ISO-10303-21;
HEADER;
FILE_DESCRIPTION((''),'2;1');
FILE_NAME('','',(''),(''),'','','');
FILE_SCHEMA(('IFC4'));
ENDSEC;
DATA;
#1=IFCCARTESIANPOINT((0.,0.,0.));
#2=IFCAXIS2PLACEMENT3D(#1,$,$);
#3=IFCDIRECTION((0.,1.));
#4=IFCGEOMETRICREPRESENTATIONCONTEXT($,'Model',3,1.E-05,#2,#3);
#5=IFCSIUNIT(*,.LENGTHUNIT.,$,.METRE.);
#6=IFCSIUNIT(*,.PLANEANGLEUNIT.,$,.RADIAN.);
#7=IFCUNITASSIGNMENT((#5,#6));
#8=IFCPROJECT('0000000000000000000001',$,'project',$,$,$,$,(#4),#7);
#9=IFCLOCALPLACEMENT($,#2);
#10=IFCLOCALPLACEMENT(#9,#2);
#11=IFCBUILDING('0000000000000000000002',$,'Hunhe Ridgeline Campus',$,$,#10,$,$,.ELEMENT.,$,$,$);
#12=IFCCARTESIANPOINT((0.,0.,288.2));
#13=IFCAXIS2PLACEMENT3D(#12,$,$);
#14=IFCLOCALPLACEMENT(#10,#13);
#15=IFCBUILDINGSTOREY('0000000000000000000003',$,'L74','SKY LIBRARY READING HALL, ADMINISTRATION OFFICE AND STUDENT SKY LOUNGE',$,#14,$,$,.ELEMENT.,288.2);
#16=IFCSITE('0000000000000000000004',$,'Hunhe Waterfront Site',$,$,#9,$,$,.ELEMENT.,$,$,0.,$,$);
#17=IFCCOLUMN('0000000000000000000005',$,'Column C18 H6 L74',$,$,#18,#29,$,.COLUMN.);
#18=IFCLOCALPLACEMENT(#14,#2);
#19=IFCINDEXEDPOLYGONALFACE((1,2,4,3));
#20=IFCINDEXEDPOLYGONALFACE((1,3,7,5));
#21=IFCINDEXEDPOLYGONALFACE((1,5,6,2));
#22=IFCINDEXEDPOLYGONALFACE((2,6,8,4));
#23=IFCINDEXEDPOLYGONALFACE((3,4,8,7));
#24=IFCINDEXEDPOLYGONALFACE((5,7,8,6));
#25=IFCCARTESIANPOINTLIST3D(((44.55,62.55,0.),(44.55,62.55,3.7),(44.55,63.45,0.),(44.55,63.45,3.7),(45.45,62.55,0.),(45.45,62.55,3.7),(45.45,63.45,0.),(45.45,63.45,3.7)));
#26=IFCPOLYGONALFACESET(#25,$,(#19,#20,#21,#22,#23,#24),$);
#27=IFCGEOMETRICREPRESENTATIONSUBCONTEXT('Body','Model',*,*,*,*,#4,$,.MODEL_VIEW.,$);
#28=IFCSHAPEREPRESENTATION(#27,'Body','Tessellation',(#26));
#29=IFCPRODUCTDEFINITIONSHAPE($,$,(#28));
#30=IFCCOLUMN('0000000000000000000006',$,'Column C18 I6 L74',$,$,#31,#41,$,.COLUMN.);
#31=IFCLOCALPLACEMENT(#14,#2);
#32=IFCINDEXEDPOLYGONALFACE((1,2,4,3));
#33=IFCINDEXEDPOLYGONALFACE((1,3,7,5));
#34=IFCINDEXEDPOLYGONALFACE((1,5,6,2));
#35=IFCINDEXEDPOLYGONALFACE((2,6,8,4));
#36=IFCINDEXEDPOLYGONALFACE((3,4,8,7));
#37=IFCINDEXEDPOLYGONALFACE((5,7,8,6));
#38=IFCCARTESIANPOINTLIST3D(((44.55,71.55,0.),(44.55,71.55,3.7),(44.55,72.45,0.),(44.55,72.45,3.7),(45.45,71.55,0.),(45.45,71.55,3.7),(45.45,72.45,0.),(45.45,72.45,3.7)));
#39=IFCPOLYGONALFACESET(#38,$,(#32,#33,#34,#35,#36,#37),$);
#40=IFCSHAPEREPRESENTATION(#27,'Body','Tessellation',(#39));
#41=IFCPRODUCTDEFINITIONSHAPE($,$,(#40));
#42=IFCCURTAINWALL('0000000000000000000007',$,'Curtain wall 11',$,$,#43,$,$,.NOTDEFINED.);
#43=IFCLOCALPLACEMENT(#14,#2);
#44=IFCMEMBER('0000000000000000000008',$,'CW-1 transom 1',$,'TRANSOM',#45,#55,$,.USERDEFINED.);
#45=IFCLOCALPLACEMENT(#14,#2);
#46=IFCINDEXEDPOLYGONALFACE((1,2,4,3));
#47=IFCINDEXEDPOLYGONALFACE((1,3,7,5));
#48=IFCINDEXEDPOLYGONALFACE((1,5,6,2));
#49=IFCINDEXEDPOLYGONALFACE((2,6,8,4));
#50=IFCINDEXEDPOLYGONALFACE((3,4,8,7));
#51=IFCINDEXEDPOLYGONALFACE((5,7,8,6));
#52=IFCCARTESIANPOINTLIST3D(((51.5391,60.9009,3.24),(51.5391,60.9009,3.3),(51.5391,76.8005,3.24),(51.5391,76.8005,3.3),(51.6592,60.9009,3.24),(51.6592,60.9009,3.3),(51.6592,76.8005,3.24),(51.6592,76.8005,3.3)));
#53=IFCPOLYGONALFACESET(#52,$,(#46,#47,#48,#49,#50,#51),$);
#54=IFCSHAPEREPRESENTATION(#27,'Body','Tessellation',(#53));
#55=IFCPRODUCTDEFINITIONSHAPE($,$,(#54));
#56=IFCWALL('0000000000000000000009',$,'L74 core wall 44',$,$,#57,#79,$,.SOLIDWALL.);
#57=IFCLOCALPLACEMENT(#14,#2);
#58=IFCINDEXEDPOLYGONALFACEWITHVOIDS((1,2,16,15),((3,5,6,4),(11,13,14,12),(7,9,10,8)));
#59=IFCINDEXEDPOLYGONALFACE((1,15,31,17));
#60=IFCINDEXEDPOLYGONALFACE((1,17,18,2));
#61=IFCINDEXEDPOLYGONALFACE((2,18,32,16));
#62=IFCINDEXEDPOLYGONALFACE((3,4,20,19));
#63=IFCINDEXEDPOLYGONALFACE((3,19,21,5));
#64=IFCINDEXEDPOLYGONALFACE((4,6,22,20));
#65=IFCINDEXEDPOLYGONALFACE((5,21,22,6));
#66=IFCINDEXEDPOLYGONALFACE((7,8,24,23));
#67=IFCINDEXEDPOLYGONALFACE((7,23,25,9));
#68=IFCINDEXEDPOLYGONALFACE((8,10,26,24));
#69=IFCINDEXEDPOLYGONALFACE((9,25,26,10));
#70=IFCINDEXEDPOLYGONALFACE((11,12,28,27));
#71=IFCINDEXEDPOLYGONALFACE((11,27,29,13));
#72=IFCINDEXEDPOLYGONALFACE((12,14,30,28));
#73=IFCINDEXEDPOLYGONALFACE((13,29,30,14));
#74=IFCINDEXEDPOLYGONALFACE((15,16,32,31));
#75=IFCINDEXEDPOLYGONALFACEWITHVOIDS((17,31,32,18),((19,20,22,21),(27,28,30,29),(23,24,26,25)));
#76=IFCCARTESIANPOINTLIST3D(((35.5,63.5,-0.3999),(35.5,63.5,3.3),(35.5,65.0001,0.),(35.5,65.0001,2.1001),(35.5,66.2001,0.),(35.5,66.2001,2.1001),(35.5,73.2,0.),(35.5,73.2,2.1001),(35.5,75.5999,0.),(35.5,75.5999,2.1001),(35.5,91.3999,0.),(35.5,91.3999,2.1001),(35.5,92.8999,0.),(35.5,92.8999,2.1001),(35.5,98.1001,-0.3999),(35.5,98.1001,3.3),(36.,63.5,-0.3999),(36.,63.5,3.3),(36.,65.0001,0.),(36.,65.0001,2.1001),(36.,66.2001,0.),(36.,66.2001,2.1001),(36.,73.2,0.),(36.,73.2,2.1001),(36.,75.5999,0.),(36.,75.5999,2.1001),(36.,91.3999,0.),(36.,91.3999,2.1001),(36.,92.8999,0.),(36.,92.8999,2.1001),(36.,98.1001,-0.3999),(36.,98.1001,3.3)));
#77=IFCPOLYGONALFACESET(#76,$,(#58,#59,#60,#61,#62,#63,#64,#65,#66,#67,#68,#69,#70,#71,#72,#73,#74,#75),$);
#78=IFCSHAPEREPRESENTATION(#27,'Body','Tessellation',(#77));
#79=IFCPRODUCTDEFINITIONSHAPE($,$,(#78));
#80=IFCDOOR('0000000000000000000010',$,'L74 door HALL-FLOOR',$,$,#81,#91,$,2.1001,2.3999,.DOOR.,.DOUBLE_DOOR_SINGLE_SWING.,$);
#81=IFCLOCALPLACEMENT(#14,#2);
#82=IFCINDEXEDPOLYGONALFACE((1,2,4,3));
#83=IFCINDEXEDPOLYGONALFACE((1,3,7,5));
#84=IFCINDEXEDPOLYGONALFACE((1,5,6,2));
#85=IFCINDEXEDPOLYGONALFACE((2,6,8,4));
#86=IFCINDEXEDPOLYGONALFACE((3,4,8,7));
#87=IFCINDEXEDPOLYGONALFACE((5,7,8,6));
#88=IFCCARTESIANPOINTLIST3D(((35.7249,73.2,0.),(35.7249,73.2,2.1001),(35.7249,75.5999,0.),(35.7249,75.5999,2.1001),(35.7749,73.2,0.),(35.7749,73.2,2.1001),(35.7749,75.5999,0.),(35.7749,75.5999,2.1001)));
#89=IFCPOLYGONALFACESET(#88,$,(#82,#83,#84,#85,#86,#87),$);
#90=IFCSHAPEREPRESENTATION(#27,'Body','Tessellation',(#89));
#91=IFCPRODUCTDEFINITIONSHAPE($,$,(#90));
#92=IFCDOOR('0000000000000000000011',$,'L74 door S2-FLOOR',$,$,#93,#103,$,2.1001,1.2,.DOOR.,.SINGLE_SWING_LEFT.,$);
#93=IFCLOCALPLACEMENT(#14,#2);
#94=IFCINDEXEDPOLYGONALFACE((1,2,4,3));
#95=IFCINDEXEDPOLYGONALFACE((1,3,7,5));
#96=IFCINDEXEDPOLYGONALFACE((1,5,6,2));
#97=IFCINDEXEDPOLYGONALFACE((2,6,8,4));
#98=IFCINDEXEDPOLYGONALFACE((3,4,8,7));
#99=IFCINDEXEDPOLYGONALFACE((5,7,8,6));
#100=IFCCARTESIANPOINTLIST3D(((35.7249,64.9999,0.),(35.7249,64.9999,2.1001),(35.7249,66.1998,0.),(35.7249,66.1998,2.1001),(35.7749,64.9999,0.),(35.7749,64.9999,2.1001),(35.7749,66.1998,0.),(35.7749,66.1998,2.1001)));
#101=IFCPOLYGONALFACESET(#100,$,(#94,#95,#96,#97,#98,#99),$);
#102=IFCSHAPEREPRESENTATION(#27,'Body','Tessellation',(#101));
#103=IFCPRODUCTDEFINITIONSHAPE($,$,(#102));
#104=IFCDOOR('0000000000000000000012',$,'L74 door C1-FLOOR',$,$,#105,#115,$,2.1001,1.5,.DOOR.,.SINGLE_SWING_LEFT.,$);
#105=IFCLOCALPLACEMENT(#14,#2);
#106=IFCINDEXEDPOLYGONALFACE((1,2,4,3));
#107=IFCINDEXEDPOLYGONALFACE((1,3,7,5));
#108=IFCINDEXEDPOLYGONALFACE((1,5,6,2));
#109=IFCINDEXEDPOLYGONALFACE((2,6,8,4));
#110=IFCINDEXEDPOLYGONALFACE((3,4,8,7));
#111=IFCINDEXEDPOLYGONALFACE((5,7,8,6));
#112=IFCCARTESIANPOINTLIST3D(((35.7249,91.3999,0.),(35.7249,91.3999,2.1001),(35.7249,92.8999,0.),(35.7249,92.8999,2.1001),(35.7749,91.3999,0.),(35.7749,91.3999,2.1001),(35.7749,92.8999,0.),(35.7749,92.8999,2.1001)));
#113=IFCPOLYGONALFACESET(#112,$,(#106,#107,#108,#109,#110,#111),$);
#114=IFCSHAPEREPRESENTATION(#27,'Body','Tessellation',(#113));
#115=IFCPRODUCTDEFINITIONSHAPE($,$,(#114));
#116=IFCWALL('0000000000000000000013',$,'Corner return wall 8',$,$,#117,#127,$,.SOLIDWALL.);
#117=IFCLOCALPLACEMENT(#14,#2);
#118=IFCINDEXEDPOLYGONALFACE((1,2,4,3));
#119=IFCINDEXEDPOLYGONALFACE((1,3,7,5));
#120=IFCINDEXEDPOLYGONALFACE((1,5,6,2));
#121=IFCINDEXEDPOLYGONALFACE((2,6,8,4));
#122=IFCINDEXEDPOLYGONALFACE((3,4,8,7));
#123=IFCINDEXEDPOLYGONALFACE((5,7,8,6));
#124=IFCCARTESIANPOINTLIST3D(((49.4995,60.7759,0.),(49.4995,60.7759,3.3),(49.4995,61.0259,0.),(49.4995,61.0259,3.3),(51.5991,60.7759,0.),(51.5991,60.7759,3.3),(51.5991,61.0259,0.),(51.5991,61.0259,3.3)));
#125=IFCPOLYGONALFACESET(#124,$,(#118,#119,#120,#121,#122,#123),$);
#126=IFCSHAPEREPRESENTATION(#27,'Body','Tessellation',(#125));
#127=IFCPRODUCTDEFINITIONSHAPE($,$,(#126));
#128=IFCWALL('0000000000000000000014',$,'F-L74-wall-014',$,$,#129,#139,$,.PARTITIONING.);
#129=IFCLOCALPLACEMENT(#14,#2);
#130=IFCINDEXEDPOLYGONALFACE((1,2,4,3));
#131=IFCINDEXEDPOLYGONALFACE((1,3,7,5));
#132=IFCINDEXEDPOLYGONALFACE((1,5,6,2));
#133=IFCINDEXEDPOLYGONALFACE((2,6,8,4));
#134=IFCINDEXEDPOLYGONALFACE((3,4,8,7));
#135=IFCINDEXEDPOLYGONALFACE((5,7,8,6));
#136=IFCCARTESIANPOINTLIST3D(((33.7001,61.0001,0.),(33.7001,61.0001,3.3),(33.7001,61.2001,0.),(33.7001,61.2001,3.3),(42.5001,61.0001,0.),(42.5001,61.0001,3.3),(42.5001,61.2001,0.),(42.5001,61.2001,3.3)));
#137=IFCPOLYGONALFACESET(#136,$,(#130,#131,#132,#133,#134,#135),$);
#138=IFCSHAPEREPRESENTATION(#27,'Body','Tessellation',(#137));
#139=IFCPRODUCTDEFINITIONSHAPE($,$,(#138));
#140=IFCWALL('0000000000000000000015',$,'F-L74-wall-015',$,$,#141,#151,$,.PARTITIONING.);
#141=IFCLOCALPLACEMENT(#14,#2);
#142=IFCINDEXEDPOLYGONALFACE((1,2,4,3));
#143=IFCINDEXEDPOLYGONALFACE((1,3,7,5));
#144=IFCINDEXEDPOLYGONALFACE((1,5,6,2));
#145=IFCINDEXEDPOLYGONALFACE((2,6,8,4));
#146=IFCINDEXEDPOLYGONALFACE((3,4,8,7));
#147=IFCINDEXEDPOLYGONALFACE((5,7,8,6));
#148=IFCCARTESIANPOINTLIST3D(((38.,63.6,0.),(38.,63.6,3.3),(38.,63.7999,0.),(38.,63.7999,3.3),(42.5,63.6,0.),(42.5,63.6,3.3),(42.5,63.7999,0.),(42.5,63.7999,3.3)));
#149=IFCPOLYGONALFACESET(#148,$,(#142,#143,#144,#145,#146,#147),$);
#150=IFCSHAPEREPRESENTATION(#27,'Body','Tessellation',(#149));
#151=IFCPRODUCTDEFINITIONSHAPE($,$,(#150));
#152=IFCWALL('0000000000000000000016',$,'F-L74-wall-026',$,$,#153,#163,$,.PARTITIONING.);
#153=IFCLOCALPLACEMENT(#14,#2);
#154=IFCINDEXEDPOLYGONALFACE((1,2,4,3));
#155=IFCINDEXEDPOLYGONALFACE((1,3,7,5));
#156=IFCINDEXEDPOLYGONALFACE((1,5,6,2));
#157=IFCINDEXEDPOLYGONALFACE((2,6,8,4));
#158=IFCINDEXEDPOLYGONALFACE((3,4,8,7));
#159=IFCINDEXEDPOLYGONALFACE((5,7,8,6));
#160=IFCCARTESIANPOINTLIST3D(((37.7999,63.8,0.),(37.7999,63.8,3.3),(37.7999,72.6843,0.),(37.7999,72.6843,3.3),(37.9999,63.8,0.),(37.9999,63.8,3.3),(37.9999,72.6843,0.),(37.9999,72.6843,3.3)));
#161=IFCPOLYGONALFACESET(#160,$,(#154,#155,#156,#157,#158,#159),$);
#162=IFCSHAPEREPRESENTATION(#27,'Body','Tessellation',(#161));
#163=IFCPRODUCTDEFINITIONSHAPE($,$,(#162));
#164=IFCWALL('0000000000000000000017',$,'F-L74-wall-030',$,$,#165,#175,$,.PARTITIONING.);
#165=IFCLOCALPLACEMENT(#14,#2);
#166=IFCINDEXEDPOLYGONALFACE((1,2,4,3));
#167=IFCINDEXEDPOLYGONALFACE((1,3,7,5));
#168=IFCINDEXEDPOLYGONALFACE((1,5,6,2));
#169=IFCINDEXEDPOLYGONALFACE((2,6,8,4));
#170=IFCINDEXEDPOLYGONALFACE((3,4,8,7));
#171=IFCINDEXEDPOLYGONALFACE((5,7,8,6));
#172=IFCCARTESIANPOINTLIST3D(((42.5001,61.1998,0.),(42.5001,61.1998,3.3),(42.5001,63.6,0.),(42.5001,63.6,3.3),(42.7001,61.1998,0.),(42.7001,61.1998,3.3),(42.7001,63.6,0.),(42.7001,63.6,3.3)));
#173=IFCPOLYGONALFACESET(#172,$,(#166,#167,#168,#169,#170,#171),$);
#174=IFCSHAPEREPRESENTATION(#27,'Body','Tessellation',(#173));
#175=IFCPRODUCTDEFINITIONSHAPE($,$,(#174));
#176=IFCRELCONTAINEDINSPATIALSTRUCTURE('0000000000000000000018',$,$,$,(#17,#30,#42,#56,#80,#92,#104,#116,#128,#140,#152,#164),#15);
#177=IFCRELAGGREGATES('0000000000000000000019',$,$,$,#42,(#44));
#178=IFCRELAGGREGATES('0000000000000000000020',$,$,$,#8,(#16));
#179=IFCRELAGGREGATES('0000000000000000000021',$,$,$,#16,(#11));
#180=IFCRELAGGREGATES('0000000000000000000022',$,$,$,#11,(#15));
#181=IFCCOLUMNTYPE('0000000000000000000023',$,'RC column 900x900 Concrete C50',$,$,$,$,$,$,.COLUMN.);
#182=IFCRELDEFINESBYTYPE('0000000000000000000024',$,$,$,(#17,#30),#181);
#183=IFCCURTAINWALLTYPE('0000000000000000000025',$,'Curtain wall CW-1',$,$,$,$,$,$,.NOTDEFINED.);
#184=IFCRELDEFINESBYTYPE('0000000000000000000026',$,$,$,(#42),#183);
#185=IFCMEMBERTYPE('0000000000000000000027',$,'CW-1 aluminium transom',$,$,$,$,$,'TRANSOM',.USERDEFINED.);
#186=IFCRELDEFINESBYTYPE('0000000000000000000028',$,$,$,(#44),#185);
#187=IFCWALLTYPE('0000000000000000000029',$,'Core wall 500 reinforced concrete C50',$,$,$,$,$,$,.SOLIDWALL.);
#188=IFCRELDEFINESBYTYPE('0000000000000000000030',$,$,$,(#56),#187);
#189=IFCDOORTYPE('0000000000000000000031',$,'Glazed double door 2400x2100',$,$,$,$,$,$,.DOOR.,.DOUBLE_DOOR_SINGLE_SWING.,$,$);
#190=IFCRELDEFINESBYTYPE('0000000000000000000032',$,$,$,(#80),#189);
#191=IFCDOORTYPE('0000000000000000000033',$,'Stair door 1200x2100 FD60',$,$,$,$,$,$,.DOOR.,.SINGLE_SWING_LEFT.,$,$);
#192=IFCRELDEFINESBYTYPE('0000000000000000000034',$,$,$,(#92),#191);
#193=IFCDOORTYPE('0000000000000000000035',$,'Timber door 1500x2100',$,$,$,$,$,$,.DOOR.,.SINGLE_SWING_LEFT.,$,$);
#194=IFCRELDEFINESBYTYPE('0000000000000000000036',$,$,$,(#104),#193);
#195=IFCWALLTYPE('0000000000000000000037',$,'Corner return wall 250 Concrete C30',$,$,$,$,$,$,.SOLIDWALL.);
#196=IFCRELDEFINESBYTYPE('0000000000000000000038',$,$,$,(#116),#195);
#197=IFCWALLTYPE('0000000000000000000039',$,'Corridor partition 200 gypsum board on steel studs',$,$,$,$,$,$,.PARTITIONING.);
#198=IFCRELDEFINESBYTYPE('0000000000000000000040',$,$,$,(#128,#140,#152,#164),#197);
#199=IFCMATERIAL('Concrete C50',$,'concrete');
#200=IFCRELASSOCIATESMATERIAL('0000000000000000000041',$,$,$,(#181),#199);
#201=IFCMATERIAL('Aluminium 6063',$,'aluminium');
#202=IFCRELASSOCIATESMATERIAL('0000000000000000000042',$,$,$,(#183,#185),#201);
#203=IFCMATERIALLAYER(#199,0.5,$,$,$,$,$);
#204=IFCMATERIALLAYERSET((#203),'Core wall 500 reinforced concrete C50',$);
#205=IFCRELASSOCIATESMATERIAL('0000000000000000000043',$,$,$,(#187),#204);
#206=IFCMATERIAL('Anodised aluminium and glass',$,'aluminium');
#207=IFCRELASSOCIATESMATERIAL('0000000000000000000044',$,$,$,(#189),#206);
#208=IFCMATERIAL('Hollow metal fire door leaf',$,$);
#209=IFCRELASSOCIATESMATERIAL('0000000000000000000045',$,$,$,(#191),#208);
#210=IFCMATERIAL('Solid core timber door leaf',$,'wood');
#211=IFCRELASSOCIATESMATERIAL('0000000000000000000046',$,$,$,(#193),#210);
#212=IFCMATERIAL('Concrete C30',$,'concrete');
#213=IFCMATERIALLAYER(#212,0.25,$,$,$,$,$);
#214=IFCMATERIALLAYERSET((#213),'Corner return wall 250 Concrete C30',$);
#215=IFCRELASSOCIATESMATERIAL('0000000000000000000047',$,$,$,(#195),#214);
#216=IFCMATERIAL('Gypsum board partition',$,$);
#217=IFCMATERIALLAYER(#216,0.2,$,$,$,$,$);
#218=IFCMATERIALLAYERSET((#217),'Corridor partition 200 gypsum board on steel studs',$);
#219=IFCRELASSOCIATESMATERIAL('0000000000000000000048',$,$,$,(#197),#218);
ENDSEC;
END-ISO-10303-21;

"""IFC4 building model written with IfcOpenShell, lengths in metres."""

from ifc_helpers import new_model, si_unit, direction, frame, frame_2d, origin, origin_2d, place, context, subcontext, project, spatial, rectangle, extrude, material, layer, layer_set, material_profile, profile_set, type_object, element, fill, aggregate, save


model = new_model("IFC4")

# Units and contexts
model_context = context("Model", 3, precision=1e-05, world=origin(), true_north=direction((0.0, 1.0)))
body_context = subcontext(model_context, "Body", "Model", "MODEL_VIEW")
ifc_project = project(units=[si_unit("LENGTHUNIT", "METRE"), si_unit("PLANEANGLEUNIT", "RADIAN")], contexts=[model_context])

# Site, building, storey
site_placement = place(None, origin())
site = spatial("IfcSite", under=ifc_project, at=site_placement, Name="Hunhe Waterfront Site", CompositionType="ELEMENT", RefElevation=0.0)
building_placement = place(site_placement, origin())
building = spatial("IfcBuilding", under=site, at=building_placement, Name="Hunhe Ridgeline Campus", CompositionType="ELEMENT")
storey_placement = place(building_placement, frame((0.0, 0.0, 288.2)))
storey = spatial("IfcBuildingStorey", under=building, at=storey_placement, Name="L74", Description="SKY LIBRARY READING HALL, ADMINISTRATION OFFICE AND STUDENT SKY LOUNGE", CompositionType="ELEMENT", Elevation=288.2)

# Columns
ifc_material_1 = material(Name="Concrete C50", Category="concrete")
ifc_material_profile_1 = material_profile(ifc_material_1, rectangle(XDim=0.8999, YDim=0.8999, at=origin_2d()))
ifc_profile_set_1 = profile_set([ifc_material_profile_1], Name="Concrete C50")
column_type = type_object("IfcColumnType", Name="RC column 900x900 Concrete C50", PredefinedType="COLUMN", material=ifc_profile_set_1)
for number, where, z_axis, x_axis, name in (
    (1, (45.0, 63.0, 0.0), (0.0, 0.0, 1.0), (1.0, 0.0, 0.0), "Column C18 H6 L74"),
    (2, (45.0, 72.0, 0.0), (0.0, 0.0, 1.0), (1.0, 0.0, 0.0), "Column C18 I6 L74"),
):
    element("IfcColumn", number, at=place(storey_placement, frame(where, z_axis=z_axis, x_axis=x_axis)), inside=storey, type_object=column_type, Name=name, PredefinedType="COLUMN", context=body_context, shape_type="SweptSolid", body=[
        extrude(rectangle(XDim=0.8999, YDim=0.8999, at=origin_2d()), origin(), (0.0, 0.0, 1.0), 3.7),
    ])

# Curtain wall, member
ifc_material_2 = material(Name="Aluminium 6063", Category="aluminium")
curtain_wall_type = type_object("IfcCurtainWallType", Name="Curtain wall CW-1", PredefinedType="NOTDEFINED", material=ifc_material_2)
curtain_wall_placement = place(storey_placement, origin())
curtain_wall = element("IfcCurtainWall", 3, at=curtain_wall_placement, inside=storey, type_object=curtain_wall_type, Name="Curtain wall 11", PredefinedType="NOTDEFINED")
ifc_material_profile_2 = material_profile(ifc_material_2, rectangle(XDim=0.1201, YDim=0.0601, at=origin_2d()))
ifc_profile_set_2 = profile_set([ifc_material_profile_2], Name="Aluminium 6063")
member_type = type_object("IfcMemberType", Name="CW-1 aluminium transom", ElementType="TRANSOM", PredefinedType="USERDEFINED", material=ifc_profile_set_2)
member_placement = place(storey_placement, frame((51.5991, 60.9009, 3.27), z_axis=(0.0, 1.0, 0.0), x_axis=(-1.0, 0.0, 0.0)))
member = element("IfcMember", 4, at=member_placement, type_object=member_type, Name="CW-1 transom 1", ObjectType="TRANSOM", PredefinedType="USERDEFINED", context=body_context, shape_type="SweptSolid", body=[
    extrude(rectangle(XDim=0.1201, YDim=0.0601, at=origin_2d()), origin(), (0.0, 0.0, 1.0), 15.8997),
])
aggregate(curtain_wall, [member])

# Wall, openings, doors
ifc_layer_1 = layer(ifc_material_1, 0.5)
ifc_layer_set_1 = layer_set([ifc_layer_1], Name="Core wall 500 reinforced concrete C50")
wall_type_1 = type_object("IfcWallType", Name="Core wall 500 reinforced concrete C50", PredefinedType="SOLIDWALL", material=ifc_layer_set_1)
wall_1_placement = place(storey_placement, frame((35.75, 63.5, -0.3999), z_axis=(0.0, 0.0, 1.0), x_axis=(0.0, 1.0, 0.0)))
wall_1 = element("IfcWall", 5, at=wall_1_placement, inside=storey, type_object=wall_type_1, Name="L74 core wall 44", PredefinedType="SOLIDWALL", context=body_context, shape_type="SweptSolid", body=[
    extrude(rectangle(XDim=34.6001, YDim=0.5, at=frame_2d((17.3, 0.0))), origin(), (0.0, 0.0, 1.0), 3.7),
])
opening_1_placement = place(wall_1_placement, frame((9.7, 0.0, 0.3999)))
opening_1 = element("IfcOpeningElement", 6, at=opening_1_placement, cuts=wall_1, PredefinedType="OPENING", context=body_context, shape_type="SweptSolid", body=[
    extrude(rectangle(XDim=2.3999, YDim=2.1001, at=frame_2d((1.2, 1.05))), frame((0.0, 0.25, 0.0), z_axis=(0.0, -1.0, 0.0), x_axis=(1.0, 0.0, 0.0)), (0.0, 0.0, 1.0), 0.5),
])
opening_2_placement = place(wall_1_placement, frame((27.8999, 0.0, 0.3999)))
opening_2 = element("IfcOpeningElement", 7, at=opening_2_placement, cuts=wall_1, PredefinedType="OPENING", context=body_context, shape_type="SweptSolid", body=[
    extrude(rectangle(XDim=1.5, YDim=2.1001, at=frame_2d((0.75, 1.05))), frame((0.0, 0.25, 0.0), z_axis=(0.0, -1.0, 0.0), x_axis=(1.0, 0.0, 0.0)), (0.0, 0.0, 1.0), 0.5),
])
opening_3_placement = place(wall_1_placement, frame((1.5, 0.0, 0.3999)))
opening_3 = element("IfcOpeningElement", 8, at=opening_3_placement, cuts=wall_1, PredefinedType="OPENING", context=body_context, shape_type="SweptSolid", body=[
    extrude(rectangle(XDim=1.2, YDim=2.1001, at=frame_2d((0.6001, 1.05))), frame((0.0, 0.25, 0.0), z_axis=(0.0, -1.0, 0.0), x_axis=(1.0, 0.0, 0.0)), (0.0, 0.0, 1.0), 0.5),
])
ifc_material_3 = material(Name="Anodised aluminium and glass", Category="aluminium")
door_type_1 = type_object("IfcDoorType", Name="Glazed double door 2400x2100", OperationType="DOUBLE_DOOR_SINGLE_SWING", PredefinedType="DOOR", material=ifc_material_3)
door_1_placement = place(opening_1_placement, frame((2.3999, 0.0, 0.0), z_axis=(0.0, 0.0, 1.0), x_axis=(-1.0, 0.0, 0.0)))
door_1 = element("IfcDoor", 9, at=door_1_placement, inside=storey, type_object=door_type_1, Name="L74 door HALL-FLOOR", OperationType="DOUBLE_DOOR_SINGLE_SWING", OverallHeight=2.1001, OverallWidth=2.3999, PredefinedType="DOOR", context=body_context, shape_type="SweptSolid", body=[
    extrude(rectangle(XDim=2.3999, YDim=2.1001, at=frame_2d((1.2, 1.05))), frame((0.0, 0.0249, 0.0), z_axis=(0.0, -1.0, 0.0), x_axis=(1.0, 0.0, 0.0)), (0.0, 0.0, 1.0), 0.05),
])
fill(opening_1, door_1)
ifc_material_4 = material(Name="Hollow metal fire door leaf")
door_type_2 = type_object("IfcDoorType", Name="Stair door 1200x2100 FD60", OperationType="SINGLE_SWING_LEFT", PredefinedType="DOOR", material=ifc_material_4)
door_2_placement = place(opening_3_placement, frame((1.2, 0.0, 0.0), z_axis=(0.0, 0.0, 1.0), x_axis=(-1.0, 0.0, 0.0)))
door_2 = element("IfcDoor", 10, at=door_2_placement, inside=storey, type_object=door_type_2, Name="L74 door S2-FLOOR", OperationType="SINGLE_SWING_LEFT", OverallHeight=2.1001, OverallWidth=1.2, PredefinedType="DOOR", context=body_context, shape_type="SweptSolid", body=[
    extrude(rectangle(XDim=1.2, YDim=2.1001, at=frame_2d((0.6001, 1.05))), frame((0.0, 0.0249, 0.0), z_axis=(0.0, -1.0, 0.0), x_axis=(1.0, 0.0, 0.0)), (0.0, 0.0, 1.0), 0.05),
])
fill(opening_3, door_2)
ifc_material_5 = material(Name="Solid core timber door leaf", Category="wood")
door_type_3 = type_object("IfcDoorType", Name="Timber door 1500x2100", OperationType="SINGLE_SWING_LEFT", PredefinedType="DOOR", material=ifc_material_5)
door_3_placement = place(opening_2_placement, frame((1.5, 0.0, 0.0), z_axis=(0.0, 0.0, 1.0), x_axis=(-1.0, 0.0, 0.0)))
door_3 = element("IfcDoor", 11, at=door_3_placement, inside=storey, type_object=door_type_3, Name="L74 door C1-FLOOR", OperationType="SINGLE_SWING_LEFT", OverallHeight=2.1001, OverallWidth=1.5, PredefinedType="DOOR", context=body_context, shape_type="SweptSolid", body=[
    extrude(rectangle(XDim=1.5, YDim=2.1001, at=frame_2d((0.75, 1.05))), frame((0.0, 0.0249, 0.0), z_axis=(0.0, -1.0, 0.0), x_axis=(1.0, 0.0, 0.0)), (0.0, 0.0, 1.0), 0.05),
])
fill(opening_2, door_3)

# Walls
ifc_material_6 = material(Name="Concrete C30", Category="concrete")
ifc_layer_2 = layer(ifc_material_6, 0.25)
ifc_layer_set_2 = layer_set([ifc_layer_2], Name="Corner return wall 250 Concrete C30")
wall_type_2 = type_object("IfcWallType", Name="Corner return wall 250 Concrete C30", PredefinedType="SOLIDWALL", material=ifc_layer_set_2)
wall_2_placement = place(storey_placement, frame((49.4995, 60.9009, 0.0), z_axis=(0.0, 0.0, 1.0), x_axis=(1.0, 0.0, 0.0)))
element("IfcWall", 12, at=wall_2_placement, inside=storey, type_object=wall_type_2, Name="Corner return wall 8", PredefinedType="SOLIDWALL", context=body_context, shape_type="SweptSolid", body=[
    extrude(rectangle(XDim=2.0996, YDim=0.25, at=frame_2d((1.0498, 0.0))), origin(), (0.0, 0.0, 1.0), 3.3),
])
ifc_material_7 = material(Name="Gypsum board partition")
ifc_layer_3 = layer(ifc_material_7, 0.2)
ifc_layer_set_3 = layer_set([ifc_layer_3], Name="Corridor partition 200 gypsum board on steel studs")
wall_type_3 = type_object("IfcWallType", Name="Corridor partition 200 gypsum board on steel studs", PredefinedType="PARTITIONING", material=ifc_layer_set_3)
wall_3_placement = place(storey_placement, frame((42.5, 61.1001, 0.0), z_axis=(0.0, 0.0, 1.0), x_axis=(-1.0, 0.0, 0.0)))
element("IfcWall", 13, at=wall_3_placement, inside=storey, type_object=wall_type_3, Name="F-L74-wall-014", PredefinedType="PARTITIONING", context=body_context, shape_type="SweptSolid", body=[
    extrude(rectangle(XDim=8.8, YDim=0.2, at=frame_2d((4.3999, 0.0))), origin(), (0.0, 0.0, 1.0), 3.3),
])
wall_4_placement = place(storey_placement, frame((38.0, 63.7, 0.0), z_axis=(0.0, 0.0, 1.0), x_axis=(1.0, 0.0, 0.0)))
element("IfcWall", 14, at=wall_4_placement, inside=storey, type_object=wall_type_3, Name="F-L74-wall-015", PredefinedType="PARTITIONING", context=body_context, shape_type="SweptSolid", body=[
    extrude(rectangle(XDim=4.5, YDim=0.2, at=frame_2d((2.25, 0.0))), origin(), (0.0, 0.0, 1.0), 3.3),
])

# Walls
wall_5_placement = place(storey_placement, frame((37.8999, 72.6843, 0.0), z_axis=(0.0, 0.0, 1.0), x_axis=(0.0, -1.0, 0.0)))
element("IfcWall", 15, at=wall_5_placement, inside=storey, type_object=wall_type_3, Name="F-L74-wall-026", PredefinedType="PARTITIONING", context=body_context, shape_type="SweptSolid", body=[
    extrude(rectangle(XDim=8.8843, YDim=0.2, at=frame_2d((4.4421, 0.0))), origin(), (0.0, 0.0, 1.0), 3.3),
])
wall_6_placement = place(storey_placement, frame((42.6001, 63.6001, 0.0), z_axis=(0.0, 0.0, 1.0), x_axis=(0.0, -1.0, 0.0)))
element("IfcWall", 16, at=wall_6_placement, inside=storey, type_object=wall_type_3, Name="F-L74-wall-030", PredefinedType="PARTITIONING", context=body_context, shape_type="SweptSolid", body=[
    extrude(rectangle(XDim=2.4001, YDim=0.2, at=frame_2d((1.2002, 0.0))), origin(), (0.0, 0.0, 1.0), 3.3),
])

save(model, "model.ifc")
